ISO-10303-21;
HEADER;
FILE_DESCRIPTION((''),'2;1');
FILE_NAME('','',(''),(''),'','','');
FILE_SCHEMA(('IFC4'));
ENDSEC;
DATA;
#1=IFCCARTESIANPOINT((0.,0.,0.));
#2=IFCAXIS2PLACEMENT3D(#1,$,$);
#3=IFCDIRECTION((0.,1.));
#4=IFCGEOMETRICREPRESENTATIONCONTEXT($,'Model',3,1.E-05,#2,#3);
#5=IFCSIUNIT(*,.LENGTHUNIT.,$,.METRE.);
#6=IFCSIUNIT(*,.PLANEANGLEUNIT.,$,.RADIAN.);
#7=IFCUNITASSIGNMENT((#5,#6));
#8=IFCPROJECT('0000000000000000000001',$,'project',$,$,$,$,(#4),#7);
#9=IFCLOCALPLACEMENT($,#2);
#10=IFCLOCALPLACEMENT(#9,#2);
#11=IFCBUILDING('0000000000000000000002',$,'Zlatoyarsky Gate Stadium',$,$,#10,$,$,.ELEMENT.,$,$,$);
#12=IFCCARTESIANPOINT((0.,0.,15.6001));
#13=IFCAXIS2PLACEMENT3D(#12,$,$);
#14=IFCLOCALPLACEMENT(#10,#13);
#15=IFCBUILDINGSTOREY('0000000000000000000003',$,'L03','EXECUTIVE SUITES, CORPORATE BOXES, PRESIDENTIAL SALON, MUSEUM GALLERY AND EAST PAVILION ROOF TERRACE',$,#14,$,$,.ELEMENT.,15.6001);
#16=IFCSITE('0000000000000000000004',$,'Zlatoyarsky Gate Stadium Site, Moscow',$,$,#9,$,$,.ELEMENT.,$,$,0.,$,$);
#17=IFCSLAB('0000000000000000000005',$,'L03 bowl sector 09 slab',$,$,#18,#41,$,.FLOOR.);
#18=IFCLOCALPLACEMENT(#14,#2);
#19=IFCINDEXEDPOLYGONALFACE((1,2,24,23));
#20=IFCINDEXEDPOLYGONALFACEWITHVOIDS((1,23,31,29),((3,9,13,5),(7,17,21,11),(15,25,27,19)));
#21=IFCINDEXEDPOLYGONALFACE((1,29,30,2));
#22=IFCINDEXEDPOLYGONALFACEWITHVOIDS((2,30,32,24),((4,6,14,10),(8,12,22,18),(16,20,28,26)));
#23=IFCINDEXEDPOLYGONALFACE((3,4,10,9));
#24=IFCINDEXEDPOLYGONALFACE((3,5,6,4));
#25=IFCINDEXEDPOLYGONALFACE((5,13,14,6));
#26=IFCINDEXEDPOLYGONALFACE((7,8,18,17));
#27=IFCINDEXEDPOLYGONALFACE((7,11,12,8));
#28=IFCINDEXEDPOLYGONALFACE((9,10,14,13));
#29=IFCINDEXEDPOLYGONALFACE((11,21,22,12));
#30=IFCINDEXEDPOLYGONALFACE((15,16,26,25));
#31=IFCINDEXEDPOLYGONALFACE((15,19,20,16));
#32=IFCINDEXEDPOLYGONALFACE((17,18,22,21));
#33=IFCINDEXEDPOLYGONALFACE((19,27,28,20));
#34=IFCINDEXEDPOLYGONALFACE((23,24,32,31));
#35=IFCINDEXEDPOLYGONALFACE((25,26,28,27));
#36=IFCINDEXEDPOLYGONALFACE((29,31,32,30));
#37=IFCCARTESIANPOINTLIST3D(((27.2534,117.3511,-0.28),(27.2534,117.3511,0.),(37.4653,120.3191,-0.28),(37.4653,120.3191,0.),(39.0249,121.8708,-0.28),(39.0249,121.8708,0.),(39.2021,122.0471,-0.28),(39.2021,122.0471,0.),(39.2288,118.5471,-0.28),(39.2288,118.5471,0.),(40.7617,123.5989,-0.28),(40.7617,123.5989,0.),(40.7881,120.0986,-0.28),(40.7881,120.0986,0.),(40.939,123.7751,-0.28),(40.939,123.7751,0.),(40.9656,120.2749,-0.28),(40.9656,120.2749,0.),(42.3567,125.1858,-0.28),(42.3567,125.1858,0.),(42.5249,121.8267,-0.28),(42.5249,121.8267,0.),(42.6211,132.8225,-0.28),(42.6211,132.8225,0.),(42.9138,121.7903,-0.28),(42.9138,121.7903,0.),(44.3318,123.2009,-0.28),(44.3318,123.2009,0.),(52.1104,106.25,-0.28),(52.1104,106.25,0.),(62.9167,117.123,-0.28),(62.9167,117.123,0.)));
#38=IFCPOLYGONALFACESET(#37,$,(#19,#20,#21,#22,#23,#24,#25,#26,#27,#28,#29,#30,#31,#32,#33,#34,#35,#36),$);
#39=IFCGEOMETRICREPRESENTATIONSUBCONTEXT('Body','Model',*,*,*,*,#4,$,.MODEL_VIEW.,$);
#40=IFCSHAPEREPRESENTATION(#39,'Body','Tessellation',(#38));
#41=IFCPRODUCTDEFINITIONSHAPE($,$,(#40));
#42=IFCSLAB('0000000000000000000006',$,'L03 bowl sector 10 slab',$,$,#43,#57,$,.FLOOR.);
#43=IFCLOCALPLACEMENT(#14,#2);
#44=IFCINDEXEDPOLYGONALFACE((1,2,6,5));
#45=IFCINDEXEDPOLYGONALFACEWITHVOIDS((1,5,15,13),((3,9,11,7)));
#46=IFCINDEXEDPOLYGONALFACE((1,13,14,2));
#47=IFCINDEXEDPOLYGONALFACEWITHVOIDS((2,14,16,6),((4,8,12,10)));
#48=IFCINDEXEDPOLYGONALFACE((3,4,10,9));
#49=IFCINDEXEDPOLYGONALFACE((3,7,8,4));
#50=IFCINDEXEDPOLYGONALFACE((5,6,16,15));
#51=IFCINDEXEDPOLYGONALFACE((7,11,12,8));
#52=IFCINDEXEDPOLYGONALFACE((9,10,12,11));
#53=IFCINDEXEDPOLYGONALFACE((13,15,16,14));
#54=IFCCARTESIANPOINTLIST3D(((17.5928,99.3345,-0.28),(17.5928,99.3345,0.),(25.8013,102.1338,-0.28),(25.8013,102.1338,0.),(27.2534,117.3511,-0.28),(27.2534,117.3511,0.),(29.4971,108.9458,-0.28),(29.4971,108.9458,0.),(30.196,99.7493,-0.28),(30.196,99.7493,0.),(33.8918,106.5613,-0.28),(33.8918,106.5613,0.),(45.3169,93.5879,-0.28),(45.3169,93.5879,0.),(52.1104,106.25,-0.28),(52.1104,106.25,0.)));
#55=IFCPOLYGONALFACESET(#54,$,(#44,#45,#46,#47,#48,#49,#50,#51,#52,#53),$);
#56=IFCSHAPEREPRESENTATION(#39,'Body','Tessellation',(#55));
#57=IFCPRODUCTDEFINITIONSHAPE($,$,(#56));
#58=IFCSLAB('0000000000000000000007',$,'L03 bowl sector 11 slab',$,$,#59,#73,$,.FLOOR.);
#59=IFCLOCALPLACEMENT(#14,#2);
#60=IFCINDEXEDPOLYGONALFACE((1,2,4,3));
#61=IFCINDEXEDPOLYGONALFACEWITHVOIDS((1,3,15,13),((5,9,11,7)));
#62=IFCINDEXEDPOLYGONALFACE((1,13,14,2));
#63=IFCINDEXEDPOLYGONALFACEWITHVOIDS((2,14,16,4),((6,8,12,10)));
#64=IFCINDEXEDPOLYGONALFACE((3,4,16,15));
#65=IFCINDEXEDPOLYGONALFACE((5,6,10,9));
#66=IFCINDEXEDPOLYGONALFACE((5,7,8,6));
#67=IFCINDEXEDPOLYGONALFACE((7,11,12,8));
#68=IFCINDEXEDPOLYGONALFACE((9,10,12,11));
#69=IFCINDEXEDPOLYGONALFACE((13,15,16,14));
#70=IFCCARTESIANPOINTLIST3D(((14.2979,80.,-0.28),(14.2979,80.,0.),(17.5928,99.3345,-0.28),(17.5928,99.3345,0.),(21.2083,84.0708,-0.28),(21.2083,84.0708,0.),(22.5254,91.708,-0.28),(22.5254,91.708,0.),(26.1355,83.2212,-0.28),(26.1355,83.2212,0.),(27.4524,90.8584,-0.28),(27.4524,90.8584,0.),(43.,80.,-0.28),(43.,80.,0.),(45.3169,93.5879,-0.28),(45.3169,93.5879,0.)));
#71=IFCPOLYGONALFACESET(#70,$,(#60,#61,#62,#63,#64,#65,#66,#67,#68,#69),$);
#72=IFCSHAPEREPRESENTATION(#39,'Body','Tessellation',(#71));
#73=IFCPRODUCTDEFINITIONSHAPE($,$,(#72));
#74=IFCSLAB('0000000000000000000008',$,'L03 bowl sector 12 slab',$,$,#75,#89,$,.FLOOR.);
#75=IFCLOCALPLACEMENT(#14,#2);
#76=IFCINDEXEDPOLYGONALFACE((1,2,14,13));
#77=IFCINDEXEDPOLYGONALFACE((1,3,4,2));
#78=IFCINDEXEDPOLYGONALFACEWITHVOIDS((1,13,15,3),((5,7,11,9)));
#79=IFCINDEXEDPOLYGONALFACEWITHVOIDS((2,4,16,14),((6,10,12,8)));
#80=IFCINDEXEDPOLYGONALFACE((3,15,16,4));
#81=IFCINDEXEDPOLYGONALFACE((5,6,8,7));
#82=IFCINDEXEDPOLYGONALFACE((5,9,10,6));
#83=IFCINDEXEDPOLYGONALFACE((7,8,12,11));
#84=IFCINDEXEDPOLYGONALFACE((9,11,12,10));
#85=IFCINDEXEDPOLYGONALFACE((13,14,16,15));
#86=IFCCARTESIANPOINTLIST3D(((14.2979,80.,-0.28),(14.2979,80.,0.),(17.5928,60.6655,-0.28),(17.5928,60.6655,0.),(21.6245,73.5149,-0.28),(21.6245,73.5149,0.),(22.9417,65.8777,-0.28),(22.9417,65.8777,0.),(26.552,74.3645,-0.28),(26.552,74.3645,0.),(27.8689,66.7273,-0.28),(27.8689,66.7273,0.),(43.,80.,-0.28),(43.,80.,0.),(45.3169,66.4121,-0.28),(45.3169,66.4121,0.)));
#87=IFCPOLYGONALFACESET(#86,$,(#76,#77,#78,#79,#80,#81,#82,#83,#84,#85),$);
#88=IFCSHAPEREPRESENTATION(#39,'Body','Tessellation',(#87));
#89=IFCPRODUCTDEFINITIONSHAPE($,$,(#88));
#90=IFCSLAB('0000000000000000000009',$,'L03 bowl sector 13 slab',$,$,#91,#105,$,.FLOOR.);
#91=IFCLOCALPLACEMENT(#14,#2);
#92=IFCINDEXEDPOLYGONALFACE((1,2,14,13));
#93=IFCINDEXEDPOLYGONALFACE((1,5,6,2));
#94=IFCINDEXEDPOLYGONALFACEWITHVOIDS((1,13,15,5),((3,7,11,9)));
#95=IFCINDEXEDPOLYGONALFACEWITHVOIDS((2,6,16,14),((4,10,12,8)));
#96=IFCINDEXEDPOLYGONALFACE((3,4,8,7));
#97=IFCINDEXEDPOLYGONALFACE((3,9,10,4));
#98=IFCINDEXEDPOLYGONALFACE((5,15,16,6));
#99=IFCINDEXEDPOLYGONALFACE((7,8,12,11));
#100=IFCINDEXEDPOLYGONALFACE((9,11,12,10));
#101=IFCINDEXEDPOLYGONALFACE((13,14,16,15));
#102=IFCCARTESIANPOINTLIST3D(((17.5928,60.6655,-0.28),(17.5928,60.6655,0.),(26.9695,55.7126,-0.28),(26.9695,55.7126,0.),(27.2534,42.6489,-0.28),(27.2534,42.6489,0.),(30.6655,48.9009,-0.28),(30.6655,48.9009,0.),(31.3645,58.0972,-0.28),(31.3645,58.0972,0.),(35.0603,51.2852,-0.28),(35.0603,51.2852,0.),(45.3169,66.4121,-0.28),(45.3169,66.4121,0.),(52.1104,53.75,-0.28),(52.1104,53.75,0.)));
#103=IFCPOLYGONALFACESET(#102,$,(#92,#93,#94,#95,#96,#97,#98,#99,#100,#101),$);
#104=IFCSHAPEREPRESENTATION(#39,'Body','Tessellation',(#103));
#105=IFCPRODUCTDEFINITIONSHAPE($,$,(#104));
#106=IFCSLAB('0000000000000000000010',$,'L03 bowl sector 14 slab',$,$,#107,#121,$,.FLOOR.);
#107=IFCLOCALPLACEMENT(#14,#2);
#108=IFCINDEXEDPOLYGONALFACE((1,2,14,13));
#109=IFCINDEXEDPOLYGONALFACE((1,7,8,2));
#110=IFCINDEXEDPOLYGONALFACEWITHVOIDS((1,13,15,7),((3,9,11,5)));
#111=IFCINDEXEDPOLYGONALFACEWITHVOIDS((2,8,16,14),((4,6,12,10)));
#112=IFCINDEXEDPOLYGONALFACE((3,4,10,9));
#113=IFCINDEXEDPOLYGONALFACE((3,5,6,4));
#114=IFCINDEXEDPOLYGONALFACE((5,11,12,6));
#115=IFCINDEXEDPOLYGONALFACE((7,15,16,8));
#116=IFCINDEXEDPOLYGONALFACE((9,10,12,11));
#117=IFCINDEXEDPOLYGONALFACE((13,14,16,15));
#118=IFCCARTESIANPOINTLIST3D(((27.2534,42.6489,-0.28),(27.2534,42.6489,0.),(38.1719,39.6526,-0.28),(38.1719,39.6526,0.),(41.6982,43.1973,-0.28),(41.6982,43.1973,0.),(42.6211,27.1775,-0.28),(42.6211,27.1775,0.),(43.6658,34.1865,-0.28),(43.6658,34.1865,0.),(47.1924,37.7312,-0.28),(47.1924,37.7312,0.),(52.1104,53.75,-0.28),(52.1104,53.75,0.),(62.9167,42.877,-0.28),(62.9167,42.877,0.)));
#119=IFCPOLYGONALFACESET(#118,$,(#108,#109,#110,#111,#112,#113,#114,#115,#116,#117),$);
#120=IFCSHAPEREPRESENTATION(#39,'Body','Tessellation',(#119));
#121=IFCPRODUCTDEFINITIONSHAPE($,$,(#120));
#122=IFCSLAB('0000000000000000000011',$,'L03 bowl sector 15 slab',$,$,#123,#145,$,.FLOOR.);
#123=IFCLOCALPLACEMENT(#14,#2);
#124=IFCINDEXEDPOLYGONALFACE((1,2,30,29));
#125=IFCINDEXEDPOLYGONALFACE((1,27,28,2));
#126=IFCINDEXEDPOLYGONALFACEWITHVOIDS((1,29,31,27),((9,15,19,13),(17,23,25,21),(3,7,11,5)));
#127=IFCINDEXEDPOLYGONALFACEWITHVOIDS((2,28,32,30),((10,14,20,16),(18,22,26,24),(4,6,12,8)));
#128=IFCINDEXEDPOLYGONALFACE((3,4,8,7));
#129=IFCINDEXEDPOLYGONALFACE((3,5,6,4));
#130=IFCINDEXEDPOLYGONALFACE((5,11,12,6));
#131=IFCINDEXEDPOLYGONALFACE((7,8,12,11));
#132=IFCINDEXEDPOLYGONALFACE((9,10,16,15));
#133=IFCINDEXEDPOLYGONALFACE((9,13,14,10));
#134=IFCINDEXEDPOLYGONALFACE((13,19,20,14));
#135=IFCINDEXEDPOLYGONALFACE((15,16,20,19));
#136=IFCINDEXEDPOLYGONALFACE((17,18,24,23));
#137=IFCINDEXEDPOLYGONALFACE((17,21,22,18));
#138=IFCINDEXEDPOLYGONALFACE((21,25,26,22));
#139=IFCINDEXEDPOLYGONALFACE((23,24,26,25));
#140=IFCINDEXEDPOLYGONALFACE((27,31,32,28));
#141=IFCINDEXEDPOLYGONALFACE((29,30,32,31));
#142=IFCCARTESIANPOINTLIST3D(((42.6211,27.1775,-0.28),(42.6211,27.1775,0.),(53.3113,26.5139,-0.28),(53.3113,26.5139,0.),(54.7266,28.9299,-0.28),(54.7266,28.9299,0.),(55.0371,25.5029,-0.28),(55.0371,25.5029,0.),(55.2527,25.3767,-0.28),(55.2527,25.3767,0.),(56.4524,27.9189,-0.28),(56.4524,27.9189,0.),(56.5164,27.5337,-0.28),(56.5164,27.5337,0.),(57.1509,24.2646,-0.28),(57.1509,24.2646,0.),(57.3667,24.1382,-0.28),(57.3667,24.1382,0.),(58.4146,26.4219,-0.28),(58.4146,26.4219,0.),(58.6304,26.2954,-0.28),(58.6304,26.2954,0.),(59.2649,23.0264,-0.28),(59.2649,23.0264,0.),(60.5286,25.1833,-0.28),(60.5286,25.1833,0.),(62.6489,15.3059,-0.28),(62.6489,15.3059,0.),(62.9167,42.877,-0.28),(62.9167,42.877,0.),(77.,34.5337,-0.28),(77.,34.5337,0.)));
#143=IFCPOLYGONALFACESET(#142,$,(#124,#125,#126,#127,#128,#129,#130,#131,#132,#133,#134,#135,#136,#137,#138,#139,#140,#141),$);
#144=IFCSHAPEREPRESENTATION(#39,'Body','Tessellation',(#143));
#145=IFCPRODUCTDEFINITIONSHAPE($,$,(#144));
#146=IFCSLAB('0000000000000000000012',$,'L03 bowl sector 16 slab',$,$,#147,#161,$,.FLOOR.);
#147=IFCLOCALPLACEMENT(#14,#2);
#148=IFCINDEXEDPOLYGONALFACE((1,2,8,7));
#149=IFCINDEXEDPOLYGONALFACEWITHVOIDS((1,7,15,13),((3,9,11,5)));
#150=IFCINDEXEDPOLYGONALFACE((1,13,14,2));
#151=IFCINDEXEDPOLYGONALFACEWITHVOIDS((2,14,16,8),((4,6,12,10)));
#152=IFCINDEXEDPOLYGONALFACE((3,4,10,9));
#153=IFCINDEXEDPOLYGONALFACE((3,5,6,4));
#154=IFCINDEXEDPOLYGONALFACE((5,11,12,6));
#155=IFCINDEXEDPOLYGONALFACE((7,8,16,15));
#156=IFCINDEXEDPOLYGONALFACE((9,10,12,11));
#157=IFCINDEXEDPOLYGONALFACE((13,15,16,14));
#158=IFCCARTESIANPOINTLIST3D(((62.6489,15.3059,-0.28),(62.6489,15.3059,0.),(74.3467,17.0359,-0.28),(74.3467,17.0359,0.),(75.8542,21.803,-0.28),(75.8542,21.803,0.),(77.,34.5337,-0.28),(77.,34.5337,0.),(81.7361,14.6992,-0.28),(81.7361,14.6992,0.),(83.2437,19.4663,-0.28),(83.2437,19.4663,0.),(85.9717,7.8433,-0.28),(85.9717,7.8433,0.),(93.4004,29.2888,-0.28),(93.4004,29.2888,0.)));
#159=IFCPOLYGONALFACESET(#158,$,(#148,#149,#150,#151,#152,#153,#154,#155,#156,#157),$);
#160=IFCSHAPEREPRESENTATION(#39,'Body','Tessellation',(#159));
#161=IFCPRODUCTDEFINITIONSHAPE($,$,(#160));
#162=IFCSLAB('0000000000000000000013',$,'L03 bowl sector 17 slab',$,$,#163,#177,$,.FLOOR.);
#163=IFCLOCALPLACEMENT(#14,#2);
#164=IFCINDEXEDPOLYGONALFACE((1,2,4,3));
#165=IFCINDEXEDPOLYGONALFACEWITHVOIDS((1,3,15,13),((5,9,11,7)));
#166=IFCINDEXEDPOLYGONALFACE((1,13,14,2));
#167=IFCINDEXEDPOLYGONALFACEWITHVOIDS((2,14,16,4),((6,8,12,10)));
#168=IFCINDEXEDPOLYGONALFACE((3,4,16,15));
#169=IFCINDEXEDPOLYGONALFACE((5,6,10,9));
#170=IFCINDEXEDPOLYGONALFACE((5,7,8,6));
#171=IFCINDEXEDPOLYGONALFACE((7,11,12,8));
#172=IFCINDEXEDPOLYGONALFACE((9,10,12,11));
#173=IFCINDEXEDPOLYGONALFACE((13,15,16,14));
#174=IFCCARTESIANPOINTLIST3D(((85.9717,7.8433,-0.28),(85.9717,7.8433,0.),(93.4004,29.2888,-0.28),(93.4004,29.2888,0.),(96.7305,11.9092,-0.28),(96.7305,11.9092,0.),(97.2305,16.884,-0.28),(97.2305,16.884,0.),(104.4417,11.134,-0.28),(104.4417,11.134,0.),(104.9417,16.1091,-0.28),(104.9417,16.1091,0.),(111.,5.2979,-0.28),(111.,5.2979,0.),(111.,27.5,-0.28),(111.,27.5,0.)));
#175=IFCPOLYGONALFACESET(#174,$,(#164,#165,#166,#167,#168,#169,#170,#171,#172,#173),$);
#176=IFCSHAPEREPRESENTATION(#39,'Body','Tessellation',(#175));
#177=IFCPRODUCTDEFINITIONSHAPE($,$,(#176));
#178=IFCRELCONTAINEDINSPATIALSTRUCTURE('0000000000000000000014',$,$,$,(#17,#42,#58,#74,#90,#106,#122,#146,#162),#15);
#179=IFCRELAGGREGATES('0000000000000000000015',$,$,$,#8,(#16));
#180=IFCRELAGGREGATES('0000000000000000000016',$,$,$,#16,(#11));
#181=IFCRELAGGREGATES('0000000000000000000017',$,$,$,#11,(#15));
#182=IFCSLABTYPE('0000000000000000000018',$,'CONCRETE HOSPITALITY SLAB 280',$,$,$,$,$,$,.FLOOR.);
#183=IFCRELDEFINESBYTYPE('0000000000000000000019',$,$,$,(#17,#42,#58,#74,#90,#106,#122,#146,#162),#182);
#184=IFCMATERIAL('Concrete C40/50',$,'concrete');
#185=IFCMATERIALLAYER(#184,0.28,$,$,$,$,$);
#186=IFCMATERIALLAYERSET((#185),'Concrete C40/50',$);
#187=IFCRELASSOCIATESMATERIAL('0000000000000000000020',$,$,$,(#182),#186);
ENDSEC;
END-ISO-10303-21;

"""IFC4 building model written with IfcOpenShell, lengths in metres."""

from ifc_helpers import new_model, si_unit, direction, frame, origin, place, context, subcontext, project, spatial, polyline, outline, extrude, material, layer, layer_set, type_object, element, save


model = new_model("IFC4")

# Units and contexts
model_context = context("Model", 3, precision=1e-05, world=origin(), true_north=direction((0.0, 1.0)))
body_context = subcontext(model_context, "Body", "Model", "MODEL_VIEW")
ifc_project = project(units=[si_unit("LENGTHUNIT", "METRE"), si_unit("PLANEANGLEUNIT", "RADIAN")], contexts=[model_context])

# Site, building, storey
site_placement = place(None, origin())
site = spatial("IfcSite", under=ifc_project, at=site_placement, Name="Zlatoyarsky Gate Stadium Site, Moscow", CompositionType="ELEMENT", RefElevation=0.0)
building_placement = place(site_placement, origin())
building = spatial("IfcBuilding", under=site, at=building_placement, Name="Zlatoyarsky Gate Stadium", CompositionType="ELEMENT")
storey_placement = place(building_placement, frame((0.0, 0.0, 15.6001)))
storey = spatial("IfcBuildingStorey", under=building, at=storey_placement, Name="L03", Description="EXECUTIVE SUITES, CORPORATE BOXES, PRESIDENTIAL SALON, MUSEUM GALLERY AND EAST PAVILION ROOF TERRACE", CompositionType="ELEMENT", Elevation=15.6001)

# Slabs
ifc_material = material(Name="Concrete C40/50", Category="concrete")
ifc_layer_1 = layer(ifc_material, 0.28)
ifc_layer_set_1 = layer_set([ifc_layer_1], Name="Concrete C40/50")
slab_type_1 = type_object("IfcSlabType", Name="CONCRETE HOSPITALITY SLAB 280", PredefinedType="FLOOR", material=ifc_layer_set_1)
slab_1_placement = place(storey_placement, frame((0.0, 0.0, -0.28)))
element("IfcSlab", 1, at=slab_1_placement, inside=storey, type_object=slab_type_1, Name="L03 bowl sector 09 slab", PredefinedType="FLOOR", context=body_context, shape_type="SweptSolid", body=[
    extrude(outline(polyline([(52.1104, 106.25), (27.2534, 117.3511), (42.6211, 132.8225), (62.9167, 117.123), (52.1104, 106.25)]), holes=[polyline([(39.0249, 121.8708), (37.4653, 120.3191), (39.2288, 118.5471), (40.7881, 120.0986), (39.0249, 121.8708)]), polyline([(40.7617, 123.5989), (39.2021, 122.0471), (40.9656, 120.2749), (42.5249, 121.8267), (40.7617, 123.5989)]), polyline([(42.3567, 125.1858), (40.939, 123.7751), (42.9138, 121.7903), (44.3318, 123.2009), (42.3567, 125.1858)])]), origin(), (0.0, 0.0, 1.0), 0.28),
])
slab_2_placement = place(storey_placement, frame((0.0, 0.0, -0.28)))
element("IfcSlab", 2, at=slab_2_placement, inside=storey, type_object=slab_type_1, Name="L03 bowl sector 10 slab", PredefinedType="FLOOR", context=body_context, shape_type="SweptSolid", body=[
    extrude(outline(polyline([(45.3169, 93.5879), (17.5928, 99.3345), (27.2534, 117.3511), (52.1104, 106.25), (45.3169, 93.5879)]), holes=[polyline([(33.8918, 106.5613), (29.4971, 108.9458), (25.8013, 102.1338), (30.196, 99.7493), (33.8918, 106.5613)])]), origin(), (0.0, 0.0, 1.0), 0.28),
])
slab_3_placement = place(storey_placement, frame((0.0, 0.0, -0.28)))
element("IfcSlab", 3, at=slab_3_placement, inside=storey, type_object=slab_type_1, Name="L03 bowl sector 11 slab", PredefinedType="FLOOR", context=body_context, shape_type="SweptSolid", body=[
    extrude(outline(polyline([(43.0, 80.0), (14.2979, 80.0), (17.5928, 99.3345), (45.3169, 93.5879), (43.0, 80.0)]), holes=[polyline([(27.4524, 90.8584), (22.5254, 91.708), (21.2083, 84.0708), (26.1355, 83.2212), (27.4524, 90.8584)])]), origin(), (0.0, 0.0, 1.0), 0.28),
])
slab_4_placement = place(storey_placement, frame((0.0, 0.0, -0.28)))
element("IfcSlab", 4, at=slab_4_placement, inside=storey, type_object=slab_type_1, Name="L03 bowl sector 12 slab", PredefinedType="FLOOR", context=body_context, shape_type="SweptSolid", body=[
    extrude(outline(polyline([(45.3169, 66.4121), (17.5928, 60.6655), (14.2979, 80.0), (43.0, 80.0), (45.3169, 66.4121)]), holes=[polyline([(21.6245, 73.5149), (22.9417, 65.8777), (27.8689, 66.7273), (26.552, 74.3645), (21.6245, 73.5149)])]), origin(), (0.0, 0.0, 1.0), 0.28),
])
slab_5_placement = place(storey_placement, frame((0.0, 0.0, -0.28)))
element("IfcSlab", 5, at=slab_5_placement, inside=storey, type_object=slab_type_1, Name="L03 bowl sector 13 slab", PredefinedType="FLOOR", context=body_context, shape_type="SweptSolid", body=[
    extrude(outline(polyline([(52.1104, 53.75), (27.2534, 42.6489), (17.5928, 60.6655), (45.3169, 66.4121), (52.1104, 53.75)]), holes=[polyline([(26.9695, 55.7126), (30.6655, 48.9009), (35.0603, 51.2852), (31.3645, 58.0972), (26.9695, 55.7126)])]), origin(), (0.0, 0.0, 1.0), 0.28),
])
slab_6_placement = place(storey_placement, frame((0.0, 0.0, -0.28)))
element("IfcSlab", 6, at=slab_6_placement, inside=storey, type_object=slab_type_1, Name="L03 bowl sector 14 slab", PredefinedType="FLOOR", context=body_context, shape_type="SweptSolid", body=[
    extrude(outline(polyline([(62.9167, 42.877), (42.6211, 27.1775), (27.2534, 42.6489), (52.1104, 53.75), (62.9167, 42.877)]), holes=[polyline([(38.1719, 39.6526), (43.6658, 34.1865), (47.1924, 37.7312), (41.6982, 43.1973), (38.1719, 39.6526)])]), origin(), (0.0, 0.0, 1.0), 0.28),
])
slab_7_placement = place(storey_placement, frame((0.0, 0.0, -0.28)))
element("IfcSlab", 7, at=slab_7_placement, inside=storey, type_object=slab_type_1, Name="L03 bowl sector 15 slab", PredefinedType="FLOOR", context=body_context, shape_type="SweptSolid", body=[
    extrude(outline(polyline([(77.0, 34.5337), (62.6489, 15.3059), (42.6211, 27.1775), (62.9167, 42.877), (77.0, 34.5337)]), holes=[polyline([(57.3667, 24.1382), (59.2649, 23.0264), (60.5286, 25.1833), (58.6304, 26.2954), (57.3667, 24.1382)]), polyline([(55.2527, 25.3767), (57.1509, 24.2646), (58.4146, 26.4219), (56.5164, 27.5337), (55.2527, 25.3767)]), polyline([(53.3113, 26.5139), (55.0371, 25.5029), (56.4524, 27.9189), (54.7266, 28.9299), (53.3113, 26.5139)])]), origin(), (0.0, 0.0, 1.0), 0.28),
])
slab_8_placement = place(storey_placement, frame((0.0, 0.0, -0.28)))
element("IfcSlab", 8, at=slab_8_placement, inside=storey, type_object=slab_type_1, Name="L03 bowl sector 16 slab", PredefinedType="FLOOR", context=body_context, shape_type="SweptSolid", body=[
    extrude(outline(polyline([(93.4004, 29.2888), (85.9717, 7.8433), (62.6489, 15.3059), (77.0, 34.5337), (93.4004, 29.2888)]), holes=[polyline([(74.3467, 17.0359), (81.7361, 14.6992), (83.2437, 19.4663), (75.8542, 21.803), (74.3467, 17.0359)])]), origin(), (0.0, 0.0, 1.0), 0.28),
])
slab_9_placement = place(storey_placement, frame((0.0, 0.0, -0.28)))
element("IfcSlab", 9, at=slab_9_placement, inside=storey, type_object=slab_type_1, Name="L03 bowl sector 17 slab", PredefinedType="FLOOR", context=body_context, shape_type="SweptSolid", body=[
    extrude(outline(polyline([(111.0, 27.5), (111.0, 5.2979), (85.9717, 7.8433), (93.4004, 29.2888), (111.0, 27.5)]), holes=[polyline([(96.7305, 11.9092), (104.4417, 11.134), (104.9417, 16.1091), (97.2305, 16.884), (96.7305, 11.9092)])]), origin(), (0.0, 0.0, 1.0), 0.28),
])

save(model, "model.ifc")
